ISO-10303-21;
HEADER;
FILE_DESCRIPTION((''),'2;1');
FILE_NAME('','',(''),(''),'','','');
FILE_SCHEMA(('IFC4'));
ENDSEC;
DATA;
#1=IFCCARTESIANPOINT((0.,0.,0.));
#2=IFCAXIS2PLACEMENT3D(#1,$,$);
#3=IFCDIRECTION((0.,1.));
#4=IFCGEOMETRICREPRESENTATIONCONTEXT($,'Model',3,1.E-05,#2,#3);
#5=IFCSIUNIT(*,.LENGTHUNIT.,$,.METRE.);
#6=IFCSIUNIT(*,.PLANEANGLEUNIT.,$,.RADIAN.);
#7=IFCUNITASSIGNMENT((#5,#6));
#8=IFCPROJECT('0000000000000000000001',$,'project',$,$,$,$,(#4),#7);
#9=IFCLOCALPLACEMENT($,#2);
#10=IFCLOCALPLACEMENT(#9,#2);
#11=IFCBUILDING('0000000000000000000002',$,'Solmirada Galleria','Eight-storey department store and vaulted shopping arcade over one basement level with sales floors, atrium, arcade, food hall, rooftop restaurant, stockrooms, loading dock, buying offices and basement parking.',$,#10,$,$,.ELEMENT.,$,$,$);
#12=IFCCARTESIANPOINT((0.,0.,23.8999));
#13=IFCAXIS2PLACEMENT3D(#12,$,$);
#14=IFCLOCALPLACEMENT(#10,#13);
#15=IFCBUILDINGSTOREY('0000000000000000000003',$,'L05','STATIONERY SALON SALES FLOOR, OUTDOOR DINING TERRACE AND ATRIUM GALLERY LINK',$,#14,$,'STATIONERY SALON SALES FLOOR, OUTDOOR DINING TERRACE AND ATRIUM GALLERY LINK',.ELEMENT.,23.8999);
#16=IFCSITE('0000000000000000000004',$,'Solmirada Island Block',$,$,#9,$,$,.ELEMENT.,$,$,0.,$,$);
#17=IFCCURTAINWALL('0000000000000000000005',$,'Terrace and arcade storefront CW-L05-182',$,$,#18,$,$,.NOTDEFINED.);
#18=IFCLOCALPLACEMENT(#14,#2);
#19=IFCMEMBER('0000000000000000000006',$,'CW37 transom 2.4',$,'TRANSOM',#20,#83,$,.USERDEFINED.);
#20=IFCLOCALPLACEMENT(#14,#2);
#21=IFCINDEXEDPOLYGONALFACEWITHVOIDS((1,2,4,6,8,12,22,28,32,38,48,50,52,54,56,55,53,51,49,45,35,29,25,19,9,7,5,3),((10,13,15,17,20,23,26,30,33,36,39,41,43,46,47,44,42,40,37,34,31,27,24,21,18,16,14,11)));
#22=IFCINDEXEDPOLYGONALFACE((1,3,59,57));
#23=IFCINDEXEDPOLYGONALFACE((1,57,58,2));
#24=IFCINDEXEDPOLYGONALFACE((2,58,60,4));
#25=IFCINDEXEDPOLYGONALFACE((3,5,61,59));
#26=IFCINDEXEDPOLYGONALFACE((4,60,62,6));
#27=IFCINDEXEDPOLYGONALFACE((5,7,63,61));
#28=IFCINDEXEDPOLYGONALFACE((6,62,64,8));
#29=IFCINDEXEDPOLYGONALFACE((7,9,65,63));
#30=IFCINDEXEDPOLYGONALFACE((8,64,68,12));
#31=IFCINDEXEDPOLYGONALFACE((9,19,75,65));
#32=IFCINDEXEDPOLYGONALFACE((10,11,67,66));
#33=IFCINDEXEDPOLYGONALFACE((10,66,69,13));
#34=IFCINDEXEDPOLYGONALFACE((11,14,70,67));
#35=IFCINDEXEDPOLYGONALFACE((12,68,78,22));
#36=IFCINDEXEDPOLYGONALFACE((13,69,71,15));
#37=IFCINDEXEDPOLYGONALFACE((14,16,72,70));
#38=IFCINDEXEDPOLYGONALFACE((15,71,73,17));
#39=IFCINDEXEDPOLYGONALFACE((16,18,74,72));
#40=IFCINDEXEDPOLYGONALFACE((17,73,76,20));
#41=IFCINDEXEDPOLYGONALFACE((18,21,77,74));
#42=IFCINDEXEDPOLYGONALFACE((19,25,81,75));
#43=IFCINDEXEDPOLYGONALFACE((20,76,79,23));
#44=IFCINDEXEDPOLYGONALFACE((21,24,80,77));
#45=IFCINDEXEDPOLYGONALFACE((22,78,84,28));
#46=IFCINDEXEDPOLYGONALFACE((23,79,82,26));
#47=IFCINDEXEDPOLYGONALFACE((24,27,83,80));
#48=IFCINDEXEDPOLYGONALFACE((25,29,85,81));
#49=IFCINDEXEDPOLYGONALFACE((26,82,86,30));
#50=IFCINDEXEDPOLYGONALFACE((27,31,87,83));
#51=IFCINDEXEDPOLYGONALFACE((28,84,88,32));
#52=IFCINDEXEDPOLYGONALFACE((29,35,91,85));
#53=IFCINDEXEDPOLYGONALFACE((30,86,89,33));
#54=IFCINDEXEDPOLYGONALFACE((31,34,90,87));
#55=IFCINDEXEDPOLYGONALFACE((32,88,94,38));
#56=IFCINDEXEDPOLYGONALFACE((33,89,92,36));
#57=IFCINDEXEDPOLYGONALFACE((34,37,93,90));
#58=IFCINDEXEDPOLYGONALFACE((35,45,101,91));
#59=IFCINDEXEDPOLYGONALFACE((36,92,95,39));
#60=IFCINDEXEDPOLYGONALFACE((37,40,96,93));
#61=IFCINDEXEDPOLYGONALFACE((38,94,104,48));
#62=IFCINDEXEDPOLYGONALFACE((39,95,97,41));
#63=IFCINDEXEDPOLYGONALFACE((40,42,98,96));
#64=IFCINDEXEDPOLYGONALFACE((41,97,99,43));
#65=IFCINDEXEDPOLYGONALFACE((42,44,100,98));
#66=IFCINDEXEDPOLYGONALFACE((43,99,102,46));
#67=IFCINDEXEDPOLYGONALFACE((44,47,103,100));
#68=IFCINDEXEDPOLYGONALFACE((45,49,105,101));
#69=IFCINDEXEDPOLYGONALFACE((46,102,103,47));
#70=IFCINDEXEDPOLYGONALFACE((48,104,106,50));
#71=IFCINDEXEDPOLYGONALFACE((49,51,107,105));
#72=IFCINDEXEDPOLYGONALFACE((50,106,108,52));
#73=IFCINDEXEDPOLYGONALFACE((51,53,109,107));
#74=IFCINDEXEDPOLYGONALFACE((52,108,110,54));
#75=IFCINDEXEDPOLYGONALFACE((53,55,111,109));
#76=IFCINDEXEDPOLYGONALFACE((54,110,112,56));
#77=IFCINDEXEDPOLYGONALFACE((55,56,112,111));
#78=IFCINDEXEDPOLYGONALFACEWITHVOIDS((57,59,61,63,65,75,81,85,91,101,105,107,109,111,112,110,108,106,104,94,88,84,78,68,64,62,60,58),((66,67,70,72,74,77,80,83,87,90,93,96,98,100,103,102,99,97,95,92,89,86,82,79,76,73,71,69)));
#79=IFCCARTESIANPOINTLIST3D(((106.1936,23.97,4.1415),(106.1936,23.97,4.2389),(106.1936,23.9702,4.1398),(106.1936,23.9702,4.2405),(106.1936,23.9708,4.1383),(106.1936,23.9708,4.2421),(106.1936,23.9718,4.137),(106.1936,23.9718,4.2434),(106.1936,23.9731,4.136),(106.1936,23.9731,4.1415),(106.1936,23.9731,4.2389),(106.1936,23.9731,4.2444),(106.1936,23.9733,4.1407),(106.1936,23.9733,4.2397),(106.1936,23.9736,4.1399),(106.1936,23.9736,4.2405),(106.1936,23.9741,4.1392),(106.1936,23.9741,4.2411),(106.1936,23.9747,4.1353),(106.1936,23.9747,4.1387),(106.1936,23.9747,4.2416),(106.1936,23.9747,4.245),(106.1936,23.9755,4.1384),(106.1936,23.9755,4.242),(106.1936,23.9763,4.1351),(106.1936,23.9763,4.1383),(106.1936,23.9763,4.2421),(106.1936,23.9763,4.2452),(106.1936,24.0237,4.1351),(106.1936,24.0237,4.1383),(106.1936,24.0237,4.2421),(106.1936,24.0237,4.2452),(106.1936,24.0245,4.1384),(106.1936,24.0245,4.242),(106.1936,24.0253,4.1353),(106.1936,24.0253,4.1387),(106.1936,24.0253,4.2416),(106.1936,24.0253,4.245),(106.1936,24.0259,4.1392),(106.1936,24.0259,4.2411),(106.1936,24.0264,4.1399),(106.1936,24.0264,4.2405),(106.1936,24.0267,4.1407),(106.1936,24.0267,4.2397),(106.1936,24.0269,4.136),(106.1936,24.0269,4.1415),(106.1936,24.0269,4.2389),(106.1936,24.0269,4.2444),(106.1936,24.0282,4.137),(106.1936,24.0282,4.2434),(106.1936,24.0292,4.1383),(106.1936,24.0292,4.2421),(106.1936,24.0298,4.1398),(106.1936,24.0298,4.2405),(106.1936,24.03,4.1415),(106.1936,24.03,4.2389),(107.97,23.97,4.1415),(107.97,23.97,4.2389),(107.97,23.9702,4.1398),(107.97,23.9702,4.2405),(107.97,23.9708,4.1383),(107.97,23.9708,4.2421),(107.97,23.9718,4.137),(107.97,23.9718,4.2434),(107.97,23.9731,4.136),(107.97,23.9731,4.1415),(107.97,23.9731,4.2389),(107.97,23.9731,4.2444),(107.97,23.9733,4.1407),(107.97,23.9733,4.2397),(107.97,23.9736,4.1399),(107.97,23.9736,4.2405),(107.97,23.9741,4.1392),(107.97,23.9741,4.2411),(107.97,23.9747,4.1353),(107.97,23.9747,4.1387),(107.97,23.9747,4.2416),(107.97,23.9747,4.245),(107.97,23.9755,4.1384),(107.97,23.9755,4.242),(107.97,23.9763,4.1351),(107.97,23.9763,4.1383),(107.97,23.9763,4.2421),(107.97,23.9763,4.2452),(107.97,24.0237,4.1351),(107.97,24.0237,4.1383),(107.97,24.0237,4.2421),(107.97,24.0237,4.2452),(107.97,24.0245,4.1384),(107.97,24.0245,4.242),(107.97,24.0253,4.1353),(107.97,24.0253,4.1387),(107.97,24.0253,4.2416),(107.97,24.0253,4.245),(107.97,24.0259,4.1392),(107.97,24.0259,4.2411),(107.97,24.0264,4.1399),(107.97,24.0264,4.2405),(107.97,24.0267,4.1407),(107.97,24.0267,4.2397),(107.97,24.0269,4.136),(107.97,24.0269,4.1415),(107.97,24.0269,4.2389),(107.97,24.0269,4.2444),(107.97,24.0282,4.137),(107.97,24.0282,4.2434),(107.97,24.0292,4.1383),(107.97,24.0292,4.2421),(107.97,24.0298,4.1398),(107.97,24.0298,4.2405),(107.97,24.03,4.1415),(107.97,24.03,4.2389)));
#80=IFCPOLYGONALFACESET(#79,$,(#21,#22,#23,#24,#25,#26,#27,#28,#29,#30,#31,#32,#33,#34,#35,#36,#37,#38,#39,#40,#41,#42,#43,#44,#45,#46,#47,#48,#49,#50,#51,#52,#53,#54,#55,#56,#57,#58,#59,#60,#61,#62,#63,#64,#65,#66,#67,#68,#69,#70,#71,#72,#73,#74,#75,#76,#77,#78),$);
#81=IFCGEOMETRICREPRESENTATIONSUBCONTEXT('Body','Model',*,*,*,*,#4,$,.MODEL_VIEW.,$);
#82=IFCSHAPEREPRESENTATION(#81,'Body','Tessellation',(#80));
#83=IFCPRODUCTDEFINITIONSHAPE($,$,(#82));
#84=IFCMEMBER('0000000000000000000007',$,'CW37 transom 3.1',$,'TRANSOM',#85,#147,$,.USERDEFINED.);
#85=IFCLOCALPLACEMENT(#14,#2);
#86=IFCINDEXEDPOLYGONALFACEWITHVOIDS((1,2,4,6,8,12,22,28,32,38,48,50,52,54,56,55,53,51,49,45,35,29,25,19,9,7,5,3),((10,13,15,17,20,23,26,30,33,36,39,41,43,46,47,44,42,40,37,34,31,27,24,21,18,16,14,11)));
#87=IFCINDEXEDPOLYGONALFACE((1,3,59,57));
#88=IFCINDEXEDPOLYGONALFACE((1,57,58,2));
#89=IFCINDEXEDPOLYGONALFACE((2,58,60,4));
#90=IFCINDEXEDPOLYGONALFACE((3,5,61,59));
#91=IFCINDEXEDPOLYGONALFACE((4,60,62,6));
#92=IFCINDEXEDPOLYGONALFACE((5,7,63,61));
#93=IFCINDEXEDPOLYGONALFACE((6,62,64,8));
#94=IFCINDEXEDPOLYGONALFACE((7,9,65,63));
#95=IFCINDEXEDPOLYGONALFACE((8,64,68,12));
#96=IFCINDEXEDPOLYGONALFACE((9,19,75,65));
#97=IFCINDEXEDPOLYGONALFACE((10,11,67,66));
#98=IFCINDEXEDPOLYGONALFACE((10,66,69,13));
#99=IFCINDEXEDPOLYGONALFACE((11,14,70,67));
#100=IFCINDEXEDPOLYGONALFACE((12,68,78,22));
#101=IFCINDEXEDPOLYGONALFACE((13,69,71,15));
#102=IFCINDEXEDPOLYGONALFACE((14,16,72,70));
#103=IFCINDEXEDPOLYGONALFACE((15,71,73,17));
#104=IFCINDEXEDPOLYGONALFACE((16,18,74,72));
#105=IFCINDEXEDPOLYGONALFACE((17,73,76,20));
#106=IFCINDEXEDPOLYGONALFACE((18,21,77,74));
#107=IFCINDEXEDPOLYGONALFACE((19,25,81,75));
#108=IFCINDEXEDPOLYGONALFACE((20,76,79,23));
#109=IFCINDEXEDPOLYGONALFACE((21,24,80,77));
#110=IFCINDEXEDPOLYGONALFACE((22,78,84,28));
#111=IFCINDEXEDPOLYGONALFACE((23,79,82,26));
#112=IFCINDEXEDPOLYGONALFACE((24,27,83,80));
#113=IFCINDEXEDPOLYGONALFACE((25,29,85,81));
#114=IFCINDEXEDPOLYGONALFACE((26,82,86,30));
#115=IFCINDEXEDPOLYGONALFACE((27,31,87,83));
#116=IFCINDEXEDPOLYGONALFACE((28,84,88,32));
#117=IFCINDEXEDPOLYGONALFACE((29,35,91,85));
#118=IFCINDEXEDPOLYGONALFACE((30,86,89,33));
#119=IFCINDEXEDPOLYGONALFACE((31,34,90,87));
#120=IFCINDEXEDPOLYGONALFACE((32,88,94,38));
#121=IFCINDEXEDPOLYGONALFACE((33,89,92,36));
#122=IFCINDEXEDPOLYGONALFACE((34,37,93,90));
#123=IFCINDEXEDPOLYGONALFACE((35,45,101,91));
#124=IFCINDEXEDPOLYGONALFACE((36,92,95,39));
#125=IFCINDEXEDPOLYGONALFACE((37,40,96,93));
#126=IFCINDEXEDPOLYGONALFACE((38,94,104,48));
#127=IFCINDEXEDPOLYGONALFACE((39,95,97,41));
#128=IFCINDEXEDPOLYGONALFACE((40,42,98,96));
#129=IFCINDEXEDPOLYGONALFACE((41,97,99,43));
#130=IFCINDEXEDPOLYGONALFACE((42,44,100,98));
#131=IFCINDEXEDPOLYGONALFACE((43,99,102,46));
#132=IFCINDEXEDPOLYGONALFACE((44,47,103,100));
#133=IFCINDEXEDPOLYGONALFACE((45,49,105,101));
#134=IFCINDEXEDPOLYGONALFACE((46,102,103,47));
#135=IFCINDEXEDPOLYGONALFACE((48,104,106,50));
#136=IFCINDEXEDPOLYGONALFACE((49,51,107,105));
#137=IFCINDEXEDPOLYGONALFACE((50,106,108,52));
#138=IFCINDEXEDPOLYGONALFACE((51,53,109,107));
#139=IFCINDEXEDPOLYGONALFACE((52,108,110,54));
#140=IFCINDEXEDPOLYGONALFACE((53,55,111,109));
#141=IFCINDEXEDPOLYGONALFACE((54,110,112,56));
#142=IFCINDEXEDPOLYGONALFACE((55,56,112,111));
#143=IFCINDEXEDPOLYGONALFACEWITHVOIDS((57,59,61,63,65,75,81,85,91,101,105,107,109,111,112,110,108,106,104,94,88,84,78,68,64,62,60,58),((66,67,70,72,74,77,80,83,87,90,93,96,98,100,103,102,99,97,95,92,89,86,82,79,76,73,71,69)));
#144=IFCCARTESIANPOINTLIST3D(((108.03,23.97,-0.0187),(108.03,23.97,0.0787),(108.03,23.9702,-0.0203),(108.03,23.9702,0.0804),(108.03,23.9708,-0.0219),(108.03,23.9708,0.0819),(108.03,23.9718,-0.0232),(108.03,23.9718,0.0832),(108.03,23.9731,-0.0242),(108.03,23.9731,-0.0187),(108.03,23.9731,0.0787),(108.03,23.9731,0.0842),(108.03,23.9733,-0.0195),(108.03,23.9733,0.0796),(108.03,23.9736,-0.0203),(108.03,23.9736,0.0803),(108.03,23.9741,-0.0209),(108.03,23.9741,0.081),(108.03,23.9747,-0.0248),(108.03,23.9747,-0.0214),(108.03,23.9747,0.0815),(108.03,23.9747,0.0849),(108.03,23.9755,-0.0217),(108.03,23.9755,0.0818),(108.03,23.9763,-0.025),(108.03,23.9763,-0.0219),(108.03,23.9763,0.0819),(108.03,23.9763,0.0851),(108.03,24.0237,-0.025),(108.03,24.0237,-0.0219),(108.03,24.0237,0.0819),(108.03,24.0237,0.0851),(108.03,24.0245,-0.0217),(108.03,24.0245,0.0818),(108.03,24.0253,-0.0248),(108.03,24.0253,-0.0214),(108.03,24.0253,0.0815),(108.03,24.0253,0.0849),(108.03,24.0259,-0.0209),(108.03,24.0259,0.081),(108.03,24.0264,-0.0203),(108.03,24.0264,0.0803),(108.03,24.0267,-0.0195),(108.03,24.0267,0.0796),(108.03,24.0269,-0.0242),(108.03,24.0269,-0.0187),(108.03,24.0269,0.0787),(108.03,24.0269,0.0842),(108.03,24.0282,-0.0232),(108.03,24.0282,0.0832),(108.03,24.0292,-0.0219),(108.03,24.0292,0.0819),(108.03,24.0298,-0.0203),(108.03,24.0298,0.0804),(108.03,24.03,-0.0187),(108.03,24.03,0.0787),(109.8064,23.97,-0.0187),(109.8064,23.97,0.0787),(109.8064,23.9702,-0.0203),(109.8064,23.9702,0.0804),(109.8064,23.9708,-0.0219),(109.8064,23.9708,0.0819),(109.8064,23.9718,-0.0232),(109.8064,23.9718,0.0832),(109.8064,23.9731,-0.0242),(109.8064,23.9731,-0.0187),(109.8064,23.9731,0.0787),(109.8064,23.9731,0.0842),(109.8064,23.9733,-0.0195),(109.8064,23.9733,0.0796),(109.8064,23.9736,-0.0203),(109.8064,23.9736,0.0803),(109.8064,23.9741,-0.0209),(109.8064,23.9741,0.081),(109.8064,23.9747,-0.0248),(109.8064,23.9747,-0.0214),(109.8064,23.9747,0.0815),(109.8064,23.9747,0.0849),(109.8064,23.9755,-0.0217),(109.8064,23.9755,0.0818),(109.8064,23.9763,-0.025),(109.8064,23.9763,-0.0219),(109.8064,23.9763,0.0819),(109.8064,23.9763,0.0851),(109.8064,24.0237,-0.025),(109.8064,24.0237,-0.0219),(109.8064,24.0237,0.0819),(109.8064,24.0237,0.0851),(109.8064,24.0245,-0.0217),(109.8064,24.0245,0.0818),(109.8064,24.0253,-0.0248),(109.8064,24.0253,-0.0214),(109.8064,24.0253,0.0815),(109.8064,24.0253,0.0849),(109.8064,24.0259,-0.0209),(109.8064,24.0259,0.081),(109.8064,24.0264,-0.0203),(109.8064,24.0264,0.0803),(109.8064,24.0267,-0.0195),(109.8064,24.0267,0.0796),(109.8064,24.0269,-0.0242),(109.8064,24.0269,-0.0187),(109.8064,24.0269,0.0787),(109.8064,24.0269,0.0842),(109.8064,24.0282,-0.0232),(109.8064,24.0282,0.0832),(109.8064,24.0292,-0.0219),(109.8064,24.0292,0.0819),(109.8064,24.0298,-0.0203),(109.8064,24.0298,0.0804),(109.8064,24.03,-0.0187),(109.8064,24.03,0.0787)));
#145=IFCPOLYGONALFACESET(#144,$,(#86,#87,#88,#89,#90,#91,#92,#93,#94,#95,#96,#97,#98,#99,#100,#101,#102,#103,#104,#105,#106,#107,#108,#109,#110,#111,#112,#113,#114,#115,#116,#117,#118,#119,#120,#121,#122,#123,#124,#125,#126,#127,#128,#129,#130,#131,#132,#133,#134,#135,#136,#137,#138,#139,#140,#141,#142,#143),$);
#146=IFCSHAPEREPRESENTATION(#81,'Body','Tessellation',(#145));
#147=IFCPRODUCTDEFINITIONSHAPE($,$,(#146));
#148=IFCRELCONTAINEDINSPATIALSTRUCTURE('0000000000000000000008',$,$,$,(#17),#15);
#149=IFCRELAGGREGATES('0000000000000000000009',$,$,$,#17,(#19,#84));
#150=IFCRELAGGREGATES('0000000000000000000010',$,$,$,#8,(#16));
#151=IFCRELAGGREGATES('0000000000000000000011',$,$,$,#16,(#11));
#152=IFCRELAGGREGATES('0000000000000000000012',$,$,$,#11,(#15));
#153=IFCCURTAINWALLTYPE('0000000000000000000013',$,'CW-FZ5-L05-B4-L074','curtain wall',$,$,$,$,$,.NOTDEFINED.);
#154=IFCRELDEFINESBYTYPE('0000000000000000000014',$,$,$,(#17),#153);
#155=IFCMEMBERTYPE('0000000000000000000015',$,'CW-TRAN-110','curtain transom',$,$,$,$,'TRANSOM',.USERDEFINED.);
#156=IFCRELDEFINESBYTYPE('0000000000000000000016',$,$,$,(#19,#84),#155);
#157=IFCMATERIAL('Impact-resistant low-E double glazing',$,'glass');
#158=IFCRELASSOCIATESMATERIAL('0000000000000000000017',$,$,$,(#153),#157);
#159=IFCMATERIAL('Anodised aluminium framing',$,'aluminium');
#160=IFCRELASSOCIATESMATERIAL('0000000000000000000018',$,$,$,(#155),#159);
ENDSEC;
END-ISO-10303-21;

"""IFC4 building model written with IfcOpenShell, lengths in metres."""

from ifc_helpers import new_model, si_unit, direction, frame, origin, origin_2d, place, context, subcontext, project, spatial, hollow_rectangle, extrude, material, material_profile, profile_set, type_object, element, aggregate, save


model = new_model("IFC4")

# Units and contexts
model_context = context("Model", 3, precision=1e-05, world=origin(), true_north=direction((0.0, 1.0)))
body_context = subcontext(model_context, "Body", "Model", "MODEL_VIEW")
ifc_project = project(units=[si_unit("LENGTHUNIT", "METRE"), si_unit("PLANEANGLEUNIT", "RADIAN")], contexts=[model_context])

# Site, building, storey
site_placement = place(None, origin())
site = spatial("IfcSite", under=ifc_project, at=site_placement, Name="Solmirada Island Block", CompositionType="ELEMENT", RefElevation=0.0)
building_placement = place(site_placement, origin())
building = spatial("IfcBuilding", under=site, at=building_placement, Name="Solmirada Galleria", Description="Eight-storey department store and vaulted shopping arcade over one basement level with sales floors, atrium, arcade, food hall, rooftop restaurant, stockrooms, loading dock, buying offices and basement parking.", CompositionType="ELEMENT")
storey_placement = place(building_placement, frame((0.0, 0.0, 23.8999)))
storey = spatial("IfcBuildingStorey", under=building, at=storey_placement, Name="L05", Description="STATIONERY SALON SALES FLOOR, OUTDOOR DINING TERRACE AND ATRIUM GALLERY LINK", LongName="STATIONERY SALON SALES FLOOR, OUTDOOR DINING TERRACE AND ATRIUM GALLERY LINK", CompositionType="ELEMENT", Elevation=23.8999)

# Curtain wall, members
ifc_material_1 = material(Name="Impact-resistant low-E double glazing", Category="glass")
curtain_wall_type = type_object("IfcCurtainWallType", Name="CW-FZ5-L05-B4-L074", Description="curtain wall", PredefinedType="NOTDEFINED", material=ifc_material_1)
curtain_wall_placement = place(storey_placement, origin())
curtain_wall = element("IfcCurtainWall", 1, at=curtain_wall_placement, inside=storey, type_object=curtain_wall_type, Name="Terrace and arcade storefront CW-L05-182", PredefinedType="NOTDEFINED")
ifc_material_2 = material(Name="Anodised aluminium framing", Category="aluminium")
ifc_material_profile_1 = material_profile(ifc_material_2, hollow_rectangle(XDim=0.0601, YDim=0.1101, WallThickness=0.0032, InnerFilletRadius=0.0032, OuterFilletRadius=0.0063, at=origin_2d()), Name="ALU-TRAN-110X60")
ifc_profile_set_1 = profile_set([ifc_material_profile_1], Name="Anodised aluminium framing")
member_type_1 = type_object("IfcMemberType", Name="CW-TRAN-110", Description="curtain transom", ElementType="TRANSOM", PredefinedType="USERDEFINED", material=ifc_profile_set_1)
member_1_placement = place(storey_placement, frame((106.1936, 24.0, 4.1902), z_axis=(1.0, 0.0, 0.0), x_axis=(0.0, 1.0, 0.0)))
member_1 = element("IfcMember", 2, at=member_1_placement, type_object=member_type_1, Name="CW37 transom 2.4", ObjectType="TRANSOM", PredefinedType="USERDEFINED", context=body_context, shape_type="SweptSolid", body=[
    extrude(hollow_rectangle(XDim=0.0601, YDim=0.1101, WallThickness=0.0032, InnerFilletRadius=0.0032, OuterFilletRadius=0.0063, at=origin_2d()), origin(), (0.0, 0.0, 1.0), 1.7764),
])
member_2_placement = place(storey_placement, frame((108.03, 24.0, 0.03), z_axis=(1.0, 0.0, 0.0), x_axis=(0.0, 1.0, 0.0)))
member_2 = element("IfcMember", 3, at=member_2_placement, type_object=member_type_1, Name="CW37 transom 3.1", ObjectType="TRANSOM", PredefinedType="USERDEFINED", context=body_context, shape_type="SweptSolid", body=[
    extrude(hollow_rectangle(XDim=0.0601, YDim=0.1101, WallThickness=0.0032, InnerFilletRadius=0.0032, OuterFilletRadius=0.0063, at=origin_2d()), origin(), (0.0, 0.0, 1.0), 1.7764),
])
aggregate(curtain_wall, [member_1, member_2])

save(model, "model.ifc")
